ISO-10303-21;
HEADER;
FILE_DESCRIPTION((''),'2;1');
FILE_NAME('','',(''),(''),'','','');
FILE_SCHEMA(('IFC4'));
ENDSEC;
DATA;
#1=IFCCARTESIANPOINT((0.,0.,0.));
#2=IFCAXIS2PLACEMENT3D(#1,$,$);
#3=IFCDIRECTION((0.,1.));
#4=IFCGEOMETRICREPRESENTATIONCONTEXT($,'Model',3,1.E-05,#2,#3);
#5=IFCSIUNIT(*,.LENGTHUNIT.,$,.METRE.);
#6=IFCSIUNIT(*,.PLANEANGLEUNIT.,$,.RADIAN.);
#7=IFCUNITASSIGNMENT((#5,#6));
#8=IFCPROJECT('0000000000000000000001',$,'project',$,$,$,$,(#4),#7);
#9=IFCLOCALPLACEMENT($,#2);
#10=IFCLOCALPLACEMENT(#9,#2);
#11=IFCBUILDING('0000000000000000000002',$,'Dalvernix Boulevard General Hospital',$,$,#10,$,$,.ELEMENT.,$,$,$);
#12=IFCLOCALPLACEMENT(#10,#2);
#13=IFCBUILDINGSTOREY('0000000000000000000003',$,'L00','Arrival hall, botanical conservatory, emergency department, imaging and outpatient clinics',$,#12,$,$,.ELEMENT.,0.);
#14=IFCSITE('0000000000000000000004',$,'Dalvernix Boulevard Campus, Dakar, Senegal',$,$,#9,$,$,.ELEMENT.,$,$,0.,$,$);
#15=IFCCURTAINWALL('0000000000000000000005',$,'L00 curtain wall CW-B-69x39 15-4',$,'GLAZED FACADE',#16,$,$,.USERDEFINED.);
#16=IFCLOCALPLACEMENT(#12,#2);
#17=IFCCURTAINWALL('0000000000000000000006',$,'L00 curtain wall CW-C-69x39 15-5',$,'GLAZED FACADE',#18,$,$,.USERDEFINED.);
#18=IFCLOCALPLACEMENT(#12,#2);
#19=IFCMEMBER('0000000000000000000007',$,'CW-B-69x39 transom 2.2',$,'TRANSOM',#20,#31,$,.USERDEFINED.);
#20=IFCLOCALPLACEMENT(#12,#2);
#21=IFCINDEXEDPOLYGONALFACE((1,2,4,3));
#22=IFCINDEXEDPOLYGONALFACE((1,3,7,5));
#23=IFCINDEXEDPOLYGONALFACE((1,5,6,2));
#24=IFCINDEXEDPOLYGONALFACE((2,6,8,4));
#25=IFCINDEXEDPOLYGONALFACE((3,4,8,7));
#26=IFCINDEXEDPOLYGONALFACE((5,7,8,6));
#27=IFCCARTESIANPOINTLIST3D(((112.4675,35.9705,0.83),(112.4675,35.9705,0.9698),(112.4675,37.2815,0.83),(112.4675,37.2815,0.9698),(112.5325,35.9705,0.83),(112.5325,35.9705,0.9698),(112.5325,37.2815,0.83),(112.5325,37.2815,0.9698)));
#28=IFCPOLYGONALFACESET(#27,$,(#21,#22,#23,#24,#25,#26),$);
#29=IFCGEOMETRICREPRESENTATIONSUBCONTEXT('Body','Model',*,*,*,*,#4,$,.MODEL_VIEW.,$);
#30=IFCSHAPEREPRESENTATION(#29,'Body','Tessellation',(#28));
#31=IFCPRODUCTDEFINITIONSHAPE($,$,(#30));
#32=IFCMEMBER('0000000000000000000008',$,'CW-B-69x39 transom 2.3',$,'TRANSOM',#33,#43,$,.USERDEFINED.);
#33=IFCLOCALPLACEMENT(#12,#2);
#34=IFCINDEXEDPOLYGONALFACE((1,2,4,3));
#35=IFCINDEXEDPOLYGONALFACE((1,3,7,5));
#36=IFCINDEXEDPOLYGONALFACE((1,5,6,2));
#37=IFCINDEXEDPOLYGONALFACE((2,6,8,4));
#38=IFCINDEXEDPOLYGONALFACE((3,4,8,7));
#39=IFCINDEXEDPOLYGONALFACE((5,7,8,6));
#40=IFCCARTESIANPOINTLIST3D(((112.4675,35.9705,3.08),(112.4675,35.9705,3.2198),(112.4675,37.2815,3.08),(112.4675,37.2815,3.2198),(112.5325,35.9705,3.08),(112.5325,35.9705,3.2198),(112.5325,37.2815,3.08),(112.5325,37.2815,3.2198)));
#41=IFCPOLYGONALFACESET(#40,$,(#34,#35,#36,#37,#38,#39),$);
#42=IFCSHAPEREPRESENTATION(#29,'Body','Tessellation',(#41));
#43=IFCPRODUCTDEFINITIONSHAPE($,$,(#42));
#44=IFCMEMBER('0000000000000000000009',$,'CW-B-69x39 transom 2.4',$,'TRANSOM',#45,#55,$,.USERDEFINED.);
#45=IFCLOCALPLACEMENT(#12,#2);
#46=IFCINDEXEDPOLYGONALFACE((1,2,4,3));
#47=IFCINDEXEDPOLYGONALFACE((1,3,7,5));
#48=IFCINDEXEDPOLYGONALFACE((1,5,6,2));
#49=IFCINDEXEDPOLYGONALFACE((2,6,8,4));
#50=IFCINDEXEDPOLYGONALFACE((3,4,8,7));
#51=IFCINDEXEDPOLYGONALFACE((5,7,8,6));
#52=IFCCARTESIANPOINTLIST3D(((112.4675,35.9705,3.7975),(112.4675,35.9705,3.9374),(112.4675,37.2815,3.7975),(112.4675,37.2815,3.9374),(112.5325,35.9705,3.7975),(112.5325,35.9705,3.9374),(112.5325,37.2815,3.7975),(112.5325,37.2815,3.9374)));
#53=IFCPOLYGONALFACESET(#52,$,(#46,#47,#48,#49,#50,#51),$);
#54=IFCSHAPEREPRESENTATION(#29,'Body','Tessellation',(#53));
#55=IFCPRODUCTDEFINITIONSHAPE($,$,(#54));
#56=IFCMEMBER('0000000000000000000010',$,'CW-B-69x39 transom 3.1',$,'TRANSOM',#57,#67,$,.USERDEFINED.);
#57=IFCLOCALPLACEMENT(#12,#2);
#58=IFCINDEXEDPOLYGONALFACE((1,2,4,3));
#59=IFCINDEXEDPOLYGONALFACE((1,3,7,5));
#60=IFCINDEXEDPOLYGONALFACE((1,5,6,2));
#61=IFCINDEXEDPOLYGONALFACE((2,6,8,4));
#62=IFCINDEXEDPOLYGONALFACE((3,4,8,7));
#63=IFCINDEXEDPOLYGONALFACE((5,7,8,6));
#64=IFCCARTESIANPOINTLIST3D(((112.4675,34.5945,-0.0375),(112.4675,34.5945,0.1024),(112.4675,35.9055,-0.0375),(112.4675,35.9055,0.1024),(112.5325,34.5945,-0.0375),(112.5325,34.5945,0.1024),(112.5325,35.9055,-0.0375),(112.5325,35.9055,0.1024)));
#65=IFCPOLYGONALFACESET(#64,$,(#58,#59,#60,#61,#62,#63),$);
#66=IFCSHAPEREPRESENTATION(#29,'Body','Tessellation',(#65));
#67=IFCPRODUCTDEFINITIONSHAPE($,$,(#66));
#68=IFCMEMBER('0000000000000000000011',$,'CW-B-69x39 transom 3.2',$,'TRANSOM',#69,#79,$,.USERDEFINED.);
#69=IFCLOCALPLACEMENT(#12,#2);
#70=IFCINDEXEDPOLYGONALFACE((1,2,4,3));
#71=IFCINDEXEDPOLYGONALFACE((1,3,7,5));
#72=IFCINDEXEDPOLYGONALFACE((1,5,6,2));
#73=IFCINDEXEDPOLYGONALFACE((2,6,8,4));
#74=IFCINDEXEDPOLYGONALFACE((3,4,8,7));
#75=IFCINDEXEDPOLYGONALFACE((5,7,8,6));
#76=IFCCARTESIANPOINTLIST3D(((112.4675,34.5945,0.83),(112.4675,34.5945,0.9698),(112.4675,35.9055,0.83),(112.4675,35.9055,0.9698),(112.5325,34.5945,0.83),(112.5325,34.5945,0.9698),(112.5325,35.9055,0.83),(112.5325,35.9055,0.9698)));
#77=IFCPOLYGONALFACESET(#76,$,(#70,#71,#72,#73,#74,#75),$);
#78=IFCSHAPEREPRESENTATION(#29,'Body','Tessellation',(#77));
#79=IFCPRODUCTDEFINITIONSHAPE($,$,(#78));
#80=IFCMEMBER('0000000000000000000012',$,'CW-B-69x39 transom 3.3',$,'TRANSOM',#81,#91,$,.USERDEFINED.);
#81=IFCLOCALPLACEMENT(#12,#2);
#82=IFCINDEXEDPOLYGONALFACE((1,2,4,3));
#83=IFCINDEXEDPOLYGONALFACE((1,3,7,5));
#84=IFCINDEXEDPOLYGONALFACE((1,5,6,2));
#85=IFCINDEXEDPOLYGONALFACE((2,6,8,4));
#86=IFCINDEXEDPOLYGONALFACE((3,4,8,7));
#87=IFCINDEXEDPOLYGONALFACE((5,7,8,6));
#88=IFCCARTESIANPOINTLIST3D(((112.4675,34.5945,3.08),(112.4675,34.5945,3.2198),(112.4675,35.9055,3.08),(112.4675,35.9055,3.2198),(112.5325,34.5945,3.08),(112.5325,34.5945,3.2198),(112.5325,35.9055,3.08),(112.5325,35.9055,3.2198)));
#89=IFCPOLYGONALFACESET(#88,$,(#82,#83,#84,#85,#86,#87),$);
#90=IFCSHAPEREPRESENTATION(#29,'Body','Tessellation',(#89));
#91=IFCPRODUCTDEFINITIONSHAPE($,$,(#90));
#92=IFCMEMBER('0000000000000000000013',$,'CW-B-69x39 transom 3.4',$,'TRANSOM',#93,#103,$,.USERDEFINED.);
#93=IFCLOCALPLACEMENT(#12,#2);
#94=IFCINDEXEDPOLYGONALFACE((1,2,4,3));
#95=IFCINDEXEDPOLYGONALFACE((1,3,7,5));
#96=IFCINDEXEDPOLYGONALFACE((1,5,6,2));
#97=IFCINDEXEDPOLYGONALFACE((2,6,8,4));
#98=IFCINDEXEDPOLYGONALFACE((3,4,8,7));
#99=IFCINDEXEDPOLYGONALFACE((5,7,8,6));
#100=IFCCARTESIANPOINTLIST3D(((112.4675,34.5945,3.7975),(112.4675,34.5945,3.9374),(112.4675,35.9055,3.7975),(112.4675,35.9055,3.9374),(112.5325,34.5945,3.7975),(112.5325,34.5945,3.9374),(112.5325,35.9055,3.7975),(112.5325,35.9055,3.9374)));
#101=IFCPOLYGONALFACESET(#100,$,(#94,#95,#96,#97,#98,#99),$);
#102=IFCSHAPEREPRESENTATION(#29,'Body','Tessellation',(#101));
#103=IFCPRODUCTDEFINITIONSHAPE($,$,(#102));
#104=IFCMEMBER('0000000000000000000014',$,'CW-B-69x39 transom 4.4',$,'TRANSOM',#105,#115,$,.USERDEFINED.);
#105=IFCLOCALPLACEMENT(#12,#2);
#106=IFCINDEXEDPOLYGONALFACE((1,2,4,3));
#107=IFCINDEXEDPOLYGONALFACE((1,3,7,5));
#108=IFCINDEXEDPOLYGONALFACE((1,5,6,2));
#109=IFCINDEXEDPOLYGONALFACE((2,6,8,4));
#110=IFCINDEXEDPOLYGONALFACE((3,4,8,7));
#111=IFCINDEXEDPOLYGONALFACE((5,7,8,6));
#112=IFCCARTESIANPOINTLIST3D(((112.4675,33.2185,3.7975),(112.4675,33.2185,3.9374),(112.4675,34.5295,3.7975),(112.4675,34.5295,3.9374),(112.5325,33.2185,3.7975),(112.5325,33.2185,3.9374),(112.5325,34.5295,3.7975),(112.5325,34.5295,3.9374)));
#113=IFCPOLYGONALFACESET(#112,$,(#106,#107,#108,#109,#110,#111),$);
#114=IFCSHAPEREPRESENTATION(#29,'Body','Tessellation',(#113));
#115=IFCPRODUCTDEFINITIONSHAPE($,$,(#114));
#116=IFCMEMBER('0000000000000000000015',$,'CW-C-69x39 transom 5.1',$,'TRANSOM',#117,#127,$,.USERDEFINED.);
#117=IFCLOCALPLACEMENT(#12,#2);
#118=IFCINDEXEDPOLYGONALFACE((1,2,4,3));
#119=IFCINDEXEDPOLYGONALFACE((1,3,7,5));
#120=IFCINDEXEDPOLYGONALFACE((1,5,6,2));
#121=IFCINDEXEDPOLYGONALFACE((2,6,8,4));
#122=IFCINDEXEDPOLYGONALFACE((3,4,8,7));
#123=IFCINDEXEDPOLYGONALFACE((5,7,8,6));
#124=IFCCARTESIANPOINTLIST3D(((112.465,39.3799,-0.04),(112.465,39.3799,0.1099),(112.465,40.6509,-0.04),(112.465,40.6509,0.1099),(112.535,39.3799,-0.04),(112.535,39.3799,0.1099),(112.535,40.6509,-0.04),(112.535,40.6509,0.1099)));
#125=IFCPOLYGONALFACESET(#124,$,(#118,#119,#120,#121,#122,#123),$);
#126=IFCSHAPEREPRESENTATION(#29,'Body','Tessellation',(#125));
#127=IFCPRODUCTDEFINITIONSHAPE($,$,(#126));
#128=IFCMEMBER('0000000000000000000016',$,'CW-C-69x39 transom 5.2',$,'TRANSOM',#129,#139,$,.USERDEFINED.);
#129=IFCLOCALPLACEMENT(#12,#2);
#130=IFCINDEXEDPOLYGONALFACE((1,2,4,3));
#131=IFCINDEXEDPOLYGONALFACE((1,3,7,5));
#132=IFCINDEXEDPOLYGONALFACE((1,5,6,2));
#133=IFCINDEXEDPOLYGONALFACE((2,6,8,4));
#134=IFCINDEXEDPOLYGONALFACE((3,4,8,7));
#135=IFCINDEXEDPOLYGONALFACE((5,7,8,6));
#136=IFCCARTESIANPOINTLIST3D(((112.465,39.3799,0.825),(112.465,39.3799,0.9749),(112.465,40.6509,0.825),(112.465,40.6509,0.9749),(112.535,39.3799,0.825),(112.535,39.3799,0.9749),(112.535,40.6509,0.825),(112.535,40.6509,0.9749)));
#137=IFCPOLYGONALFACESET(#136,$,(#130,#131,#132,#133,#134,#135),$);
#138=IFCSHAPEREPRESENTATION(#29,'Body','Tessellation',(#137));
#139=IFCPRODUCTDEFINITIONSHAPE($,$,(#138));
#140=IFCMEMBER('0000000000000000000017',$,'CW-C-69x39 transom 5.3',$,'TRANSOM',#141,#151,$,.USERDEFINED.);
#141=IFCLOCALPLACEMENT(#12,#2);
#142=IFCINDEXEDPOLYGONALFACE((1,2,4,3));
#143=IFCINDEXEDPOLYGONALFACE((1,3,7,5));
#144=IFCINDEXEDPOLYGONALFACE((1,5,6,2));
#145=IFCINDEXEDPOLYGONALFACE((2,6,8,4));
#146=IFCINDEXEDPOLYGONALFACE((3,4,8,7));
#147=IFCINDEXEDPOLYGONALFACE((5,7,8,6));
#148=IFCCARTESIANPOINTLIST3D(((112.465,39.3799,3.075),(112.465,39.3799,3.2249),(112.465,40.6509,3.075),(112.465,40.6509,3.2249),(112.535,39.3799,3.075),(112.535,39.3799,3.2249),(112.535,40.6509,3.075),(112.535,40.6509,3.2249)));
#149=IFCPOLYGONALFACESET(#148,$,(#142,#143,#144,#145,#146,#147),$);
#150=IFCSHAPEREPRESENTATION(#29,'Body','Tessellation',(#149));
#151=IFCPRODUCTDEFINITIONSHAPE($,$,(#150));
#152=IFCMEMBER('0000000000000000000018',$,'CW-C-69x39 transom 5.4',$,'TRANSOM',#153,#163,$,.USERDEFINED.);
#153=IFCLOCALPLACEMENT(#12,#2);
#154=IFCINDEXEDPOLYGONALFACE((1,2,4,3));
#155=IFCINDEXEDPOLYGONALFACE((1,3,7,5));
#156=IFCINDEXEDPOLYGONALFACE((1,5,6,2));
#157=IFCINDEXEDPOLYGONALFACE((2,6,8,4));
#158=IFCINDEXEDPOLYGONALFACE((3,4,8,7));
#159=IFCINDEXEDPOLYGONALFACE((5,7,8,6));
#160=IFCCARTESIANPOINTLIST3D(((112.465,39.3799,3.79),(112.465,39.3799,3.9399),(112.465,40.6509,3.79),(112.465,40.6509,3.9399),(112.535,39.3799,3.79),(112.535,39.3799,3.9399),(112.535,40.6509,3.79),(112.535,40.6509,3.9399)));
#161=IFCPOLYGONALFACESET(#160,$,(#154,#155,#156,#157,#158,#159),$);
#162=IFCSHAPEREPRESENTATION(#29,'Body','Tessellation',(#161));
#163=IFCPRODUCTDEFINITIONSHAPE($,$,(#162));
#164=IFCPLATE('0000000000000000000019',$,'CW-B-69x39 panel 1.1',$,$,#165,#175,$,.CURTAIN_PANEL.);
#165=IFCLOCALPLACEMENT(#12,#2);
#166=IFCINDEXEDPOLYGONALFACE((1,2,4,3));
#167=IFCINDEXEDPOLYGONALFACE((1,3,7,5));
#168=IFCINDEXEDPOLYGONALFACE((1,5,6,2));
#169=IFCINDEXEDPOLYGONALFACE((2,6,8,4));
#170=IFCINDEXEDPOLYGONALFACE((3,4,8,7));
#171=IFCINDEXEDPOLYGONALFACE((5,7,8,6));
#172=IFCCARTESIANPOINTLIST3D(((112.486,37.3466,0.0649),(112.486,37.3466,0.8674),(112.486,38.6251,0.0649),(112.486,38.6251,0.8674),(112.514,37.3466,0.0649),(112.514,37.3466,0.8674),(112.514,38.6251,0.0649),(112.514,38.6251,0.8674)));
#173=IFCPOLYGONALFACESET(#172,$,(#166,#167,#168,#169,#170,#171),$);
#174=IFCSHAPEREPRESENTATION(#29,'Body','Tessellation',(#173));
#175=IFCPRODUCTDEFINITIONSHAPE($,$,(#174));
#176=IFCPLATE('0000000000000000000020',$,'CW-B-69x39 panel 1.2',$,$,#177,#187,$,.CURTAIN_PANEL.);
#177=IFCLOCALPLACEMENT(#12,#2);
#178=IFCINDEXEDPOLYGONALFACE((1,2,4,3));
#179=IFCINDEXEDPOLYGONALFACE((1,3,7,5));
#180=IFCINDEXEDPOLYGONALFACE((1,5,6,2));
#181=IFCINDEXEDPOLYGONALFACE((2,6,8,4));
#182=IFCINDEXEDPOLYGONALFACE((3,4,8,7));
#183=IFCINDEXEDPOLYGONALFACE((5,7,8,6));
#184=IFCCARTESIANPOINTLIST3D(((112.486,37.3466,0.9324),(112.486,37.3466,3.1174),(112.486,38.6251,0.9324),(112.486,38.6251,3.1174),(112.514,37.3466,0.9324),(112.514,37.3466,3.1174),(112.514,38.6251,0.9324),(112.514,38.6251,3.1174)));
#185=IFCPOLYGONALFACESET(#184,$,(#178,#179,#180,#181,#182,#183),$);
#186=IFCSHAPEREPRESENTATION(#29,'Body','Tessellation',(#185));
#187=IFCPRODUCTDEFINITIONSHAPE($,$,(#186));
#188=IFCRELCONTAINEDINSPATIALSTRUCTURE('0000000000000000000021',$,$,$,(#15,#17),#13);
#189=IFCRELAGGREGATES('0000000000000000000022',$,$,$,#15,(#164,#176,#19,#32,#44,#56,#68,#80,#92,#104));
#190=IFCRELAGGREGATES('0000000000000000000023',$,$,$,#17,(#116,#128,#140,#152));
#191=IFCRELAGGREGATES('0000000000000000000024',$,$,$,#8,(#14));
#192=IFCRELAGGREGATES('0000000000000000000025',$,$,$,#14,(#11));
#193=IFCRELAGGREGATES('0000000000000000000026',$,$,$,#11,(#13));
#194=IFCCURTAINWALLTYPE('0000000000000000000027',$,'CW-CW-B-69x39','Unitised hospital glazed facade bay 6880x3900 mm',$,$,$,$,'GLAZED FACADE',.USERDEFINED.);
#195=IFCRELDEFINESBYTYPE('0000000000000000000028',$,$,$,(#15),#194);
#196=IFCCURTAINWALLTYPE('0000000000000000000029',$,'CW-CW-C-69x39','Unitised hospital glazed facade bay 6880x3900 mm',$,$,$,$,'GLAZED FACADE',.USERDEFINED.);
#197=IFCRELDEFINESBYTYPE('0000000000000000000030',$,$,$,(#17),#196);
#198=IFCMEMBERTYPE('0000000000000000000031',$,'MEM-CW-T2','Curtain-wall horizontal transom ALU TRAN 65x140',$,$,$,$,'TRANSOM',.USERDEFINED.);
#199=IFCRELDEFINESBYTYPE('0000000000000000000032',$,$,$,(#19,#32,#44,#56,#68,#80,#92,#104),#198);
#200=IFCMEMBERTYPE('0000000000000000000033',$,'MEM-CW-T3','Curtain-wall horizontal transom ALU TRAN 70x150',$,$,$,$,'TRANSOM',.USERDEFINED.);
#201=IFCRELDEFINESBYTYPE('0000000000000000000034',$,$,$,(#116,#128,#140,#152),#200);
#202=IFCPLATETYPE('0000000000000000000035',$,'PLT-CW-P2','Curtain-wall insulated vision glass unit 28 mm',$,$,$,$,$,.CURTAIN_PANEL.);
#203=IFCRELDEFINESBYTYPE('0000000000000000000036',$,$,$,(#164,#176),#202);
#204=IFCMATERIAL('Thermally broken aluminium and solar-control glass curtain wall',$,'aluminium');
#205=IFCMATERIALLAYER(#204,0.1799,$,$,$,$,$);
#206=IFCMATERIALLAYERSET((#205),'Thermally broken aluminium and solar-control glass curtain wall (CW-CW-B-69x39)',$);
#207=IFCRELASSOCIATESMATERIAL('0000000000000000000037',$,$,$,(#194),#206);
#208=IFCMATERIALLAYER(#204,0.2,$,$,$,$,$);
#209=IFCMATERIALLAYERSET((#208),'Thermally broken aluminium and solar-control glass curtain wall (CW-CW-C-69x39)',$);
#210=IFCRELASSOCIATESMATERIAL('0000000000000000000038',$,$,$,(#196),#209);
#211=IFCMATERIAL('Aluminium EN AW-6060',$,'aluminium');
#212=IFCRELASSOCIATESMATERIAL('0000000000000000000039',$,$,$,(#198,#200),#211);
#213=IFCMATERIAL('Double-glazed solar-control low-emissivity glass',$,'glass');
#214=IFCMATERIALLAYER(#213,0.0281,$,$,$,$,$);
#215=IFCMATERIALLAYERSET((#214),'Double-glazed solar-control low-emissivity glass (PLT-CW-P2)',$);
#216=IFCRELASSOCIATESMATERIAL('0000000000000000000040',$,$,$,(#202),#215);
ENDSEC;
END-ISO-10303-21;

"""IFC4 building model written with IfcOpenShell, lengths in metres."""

from ifc_helpers import new_model, si_unit, direction, frame, origin, origin_2d, place, context, subcontext, project, spatial, rectangle, extrude, material, layer, layer_set, material_profile, profile_set, type_object, element, aggregate, save


model = new_model("IFC4")

# Units and contexts
model_context = context("Model", 3, precision=1e-05, world=origin(), true_north=direction((0.0, 1.0)))
body_context = subcontext(model_context, "Body", "Model", "MODEL_VIEW")
ifc_project = project(units=[si_unit("LENGTHUNIT", "METRE"), si_unit("PLANEANGLEUNIT", "RADIAN")], contexts=[model_context])

# Site, building, storey
site_placement = place(None, origin())
site = spatial("IfcSite", under=ifc_project, at=site_placement, Name="Dalvernix Boulevard Campus, Dakar, Senegal", CompositionType="ELEMENT", RefElevation=0.0)
building_placement = place(site_placement, origin())
building = spatial("IfcBuilding", under=site, at=building_placement, Name="Dalvernix Boulevard General Hospital", CompositionType="ELEMENT")
storey_placement = place(building_placement, origin())
storey = spatial("IfcBuildingStorey", under=building, at=storey_placement, Name="L00", Description="Arrival hall, botanical conservatory, emergency department, imaging and outpatient clinics", CompositionType="ELEMENT", Elevation=0.0)

# Curtain walls
ifc_material_1 = material(Name="Thermally broken aluminium and solar-control glass curtain wall", Category="aluminium")
ifc_layer_1 = layer(ifc_material_1, 0.1799)
ifc_layer_set_1 = layer_set([ifc_layer_1], Name="Thermally broken aluminium and solar-control glass curtain wall (CW-CW-B-69x39)")
curtain_wall_type_1 = type_object("IfcCurtainWallType", Name="CW-CW-B-69x39", Description="Unitised hospital glazed facade bay 6880x3900 mm", ElementType="GLAZED FACADE", PredefinedType="USERDEFINED", material=ifc_layer_set_1)
curtain_wall_1_placement = place(storey_placement, origin())
curtain_wall_1 = element("IfcCurtainWall", 1, at=curtain_wall_1_placement, inside=storey, type_object=curtain_wall_type_1, Name="L00 curtain wall CW-B-69x39 15-4", ObjectType="GLAZED FACADE", PredefinedType="USERDEFINED")
ifc_material_2 = material(Name="Aluminium EN AW-6060", Category="aluminium")
ifc_layer_2 = layer(ifc_material_1, 0.2)
ifc_layer_set_2 = layer_set([ifc_layer_2], Name="Thermally broken aluminium and solar-control glass curtain wall (CW-CW-C-69x39)")
curtain_wall_type_2 = type_object("IfcCurtainWallType", Name="CW-CW-C-69x39", Description="Unitised hospital glazed facade bay 6880x3900 mm", ElementType="GLAZED FACADE", PredefinedType="USERDEFINED", material=ifc_layer_set_2)
curtain_wall_2_placement = place(storey_placement, origin())
curtain_wall_2 = element("IfcCurtainWall", 2, at=curtain_wall_2_placement, inside=storey, type_object=curtain_wall_type_2, Name="L00 curtain wall CW-C-69x39 15-5", ObjectType="GLAZED FACADE", PredefinedType="USERDEFINED")

# Members
ifc_material_profile_1 = material_profile(ifc_material_2, rectangle(XDim=0.0649, YDim=0.1399, at=origin_2d()), Name="ALU TRAN 65x140")
ifc_profile_set_1 = profile_set([ifc_material_profile_1], Name="Aluminium EN AW-6060")
member_type_1 = type_object("IfcMemberType", Name="MEM-CW-T2", Description="Curtain-wall horizontal transom ALU TRAN 65x140", ElementType="TRANSOM", PredefinedType="USERDEFINED", material=ifc_profile_set_1)
member_1_placement = place(storey_placement, frame((112.5, 37.2815, 0.8999), z_axis=(0.0, -1.0, 0.0), x_axis=(1.0, 0.0, 0.0)))
member_1 = element("IfcMember", 3, at=member_1_placement, type_object=member_type_1, Name="CW-B-69x39 transom 2.2", ObjectType="TRANSOM", PredefinedType="USERDEFINED", context=body_context, shape_type="SweptSolid", body=[
    extrude(rectangle(XDim=0.0649, YDim=0.1399, at=origin_2d()), origin(), (0.0, 0.0, 1.0), 1.311),
])
member_2_placement = place(storey_placement, frame((112.5, 37.2815, 3.1499), z_axis=(0.0, -1.0, 0.0), x_axis=(1.0, 0.0, 0.0)))
member_2 = element("IfcMember", 4, at=member_2_placement, type_object=member_type_1, Name="CW-B-69x39 transom 2.3", ObjectType="TRANSOM", PredefinedType="USERDEFINED", context=body_context, shape_type="SweptSolid", body=[
    extrude(rectangle(XDim=0.0649, YDim=0.1399, at=origin_2d()), origin(), (0.0, 0.0, 1.0), 1.311),
])
member_3_placement = place(storey_placement, frame((112.5, 37.2815, 3.8674), z_axis=(0.0, -1.0, 0.0), x_axis=(1.0, 0.0, 0.0)))
member_3 = element("IfcMember", 5, at=member_3_placement, type_object=member_type_1, Name="CW-B-69x39 transom 2.4", ObjectType="TRANSOM", PredefinedType="USERDEFINED", context=body_context, shape_type="SweptSolid", body=[
    extrude(rectangle(XDim=0.0649, YDim=0.1399, at=origin_2d()), origin(), (0.0, 0.0, 1.0), 1.311),
])
member_4_placement = place(storey_placement, frame((112.5, 35.9055, 0.0325), z_axis=(0.0, -1.0, 0.0), x_axis=(1.0, 0.0, 0.0)))
member_4 = element("IfcMember", 6, at=member_4_placement, type_object=member_type_1, Name="CW-B-69x39 transom 3.1", ObjectType="TRANSOM", PredefinedType="USERDEFINED", context=body_context, shape_type="SweptSolid", body=[
    extrude(rectangle(XDim=0.0649, YDim=0.1399, at=origin_2d()), origin(), (0.0, 0.0, 1.0), 1.311),
])
member_5_placement = place(storey_placement, frame((112.5, 35.9055, 0.8999), z_axis=(0.0, -1.0, 0.0), x_axis=(1.0, 0.0, 0.0)))
member_5 = element("IfcMember", 7, at=member_5_placement, type_object=member_type_1, Name="CW-B-69x39 transom 3.2", ObjectType="TRANSOM", PredefinedType="USERDEFINED", context=body_context, shape_type="SweptSolid", body=[
    extrude(rectangle(XDim=0.0649, YDim=0.1399, at=origin_2d()), origin(), (0.0, 0.0, 1.0), 1.311),
])
member_6_placement = place(storey_placement, frame((112.5, 35.9055, 3.1499), z_axis=(0.0, -1.0, 0.0), x_axis=(1.0, 0.0, 0.0)))
member_6 = element("IfcMember", 8, at=member_6_placement, type_object=member_type_1, Name="CW-B-69x39 transom 3.3", ObjectType="TRANSOM", PredefinedType="USERDEFINED", context=body_context, shape_type="SweptSolid", body=[
    extrude(rectangle(XDim=0.0649, YDim=0.1399, at=origin_2d()), origin(), (0.0, 0.0, 1.0), 1.311),
])
member_7_placement = place(storey_placement, frame((112.5, 35.9055, 3.8674), z_axis=(0.0, -1.0, 0.0), x_axis=(1.0, 0.0, 0.0)))
member_7 = element("IfcMember", 9, at=member_7_placement, type_object=member_type_1, Name="CW-B-69x39 transom 3.4", ObjectType="TRANSOM", PredefinedType="USERDEFINED", context=body_context, shape_type="SweptSolid", body=[
    extrude(rectangle(XDim=0.0649, YDim=0.1399, at=origin_2d()), origin(), (0.0, 0.0, 1.0), 1.311),
])
member_8_placement = place(storey_placement, frame((112.5, 34.5295, 3.8674), z_axis=(0.0, -1.0, 0.0), x_axis=(1.0, 0.0, 0.0)))
member_8 = element("IfcMember", 10, at=member_8_placement, type_object=member_type_1, Name="CW-B-69x39 transom 4.4", ObjectType="TRANSOM", PredefinedType="USERDEFINED", context=body_context, shape_type="SweptSolid", body=[
    extrude(rectangle(XDim=0.0649, YDim=0.1399, at=origin_2d()), origin(), (0.0, 0.0, 1.0), 1.311),
])
ifc_material_profile_2 = material_profile(ifc_material_2, rectangle(XDim=0.0701, YDim=0.1499, at=origin_2d()), Name="ALU TRAN 70x150")
ifc_profile_set_2 = profile_set([ifc_material_profile_2], Name="Aluminium EN AW-6060")
member_type_2 = type_object("IfcMemberType", Name="MEM-CW-T3", Description="Curtain-wall horizontal transom ALU TRAN 70x150", ElementType="TRANSOM", PredefinedType="USERDEFINED", material=ifc_profile_set_2)
member_9_placement = place(storey_placement, frame((112.5, 40.6509, 0.0349), z_axis=(0.0, -1.0, 0.0), x_axis=(1.0, 0.0, 0.0)))
member_9 = element("IfcMember", 11, at=member_9_placement, type_object=member_type_2, Name="CW-C-69x39 transom 5.1", ObjectType="TRANSOM", PredefinedType="USERDEFINED", context=body_context, shape_type="SweptSolid", body=[
    extrude(rectangle(XDim=0.0701, YDim=0.1499, at=origin_2d()), origin(), (0.0, 0.0, 1.0), 1.271),
])
member_10_placement = place(storey_placement, frame((112.5, 40.6509, 0.8999), z_axis=(0.0, -1.0, 0.0), x_axis=(1.0, 0.0, 0.0)))
member_10 = element("IfcMember", 12, at=member_10_placement, type_object=member_type_2, Name="CW-C-69x39 transom 5.2", ObjectType="TRANSOM", PredefinedType="USERDEFINED", context=body_context, shape_type="SweptSolid", body=[
    extrude(rectangle(XDim=0.0701, YDim=0.1499, at=origin_2d()), origin(), (0.0, 0.0, 1.0), 1.271),
])
member_11_placement = place(storey_placement, frame((112.5, 40.6509, 3.1499), z_axis=(0.0, -1.0, 0.0), x_axis=(1.0, 0.0, 0.0)))
member_11 = element("IfcMember", 13, at=member_11_placement, type_object=member_type_2, Name="CW-C-69x39 transom 5.3", ObjectType="TRANSOM", PredefinedType="USERDEFINED", context=body_context, shape_type="SweptSolid", body=[
    extrude(rectangle(XDim=0.0701, YDim=0.1499, at=origin_2d()), origin(), (0.0, 0.0, 1.0), 1.271),
])
member_12_placement = place(storey_placement, frame((112.5, 40.6509, 3.865), z_axis=(0.0, -1.0, 0.0), x_axis=(1.0, 0.0, 0.0)))
member_12 = element("IfcMember", 14, at=member_12_placement, type_object=member_type_2, Name="CW-C-69x39 transom 5.4", ObjectType="TRANSOM", PredefinedType="USERDEFINED", context=body_context, shape_type="SweptSolid", body=[
    extrude(rectangle(XDim=0.0701, YDim=0.1499, at=origin_2d()), origin(), (0.0, 0.0, 1.0), 1.271),
])

# Plates
ifc_material_3 = material(Name="Double-glazed solar-control low-emissivity glass", Category="glass")
ifc_layer_3 = layer(ifc_material_3, 0.0281)
ifc_layer_set_3 = layer_set([ifc_layer_3], Name="Double-glazed solar-control low-emissivity glass (PLT-CW-P2)")
plate_type_1 = type_object("IfcPlateType", Name="PLT-CW-P2", Description="Curtain-wall insulated vision glass unit 28 mm", PredefinedType="CURTAIN_PANEL", material=ifc_layer_set_3)
plate_1_placement = place(storey_placement, frame((112.5, 37.9858, 0.0649), z_axis=(0.0, 0.0, 1.0), x_axis=(0.0, -1.0, 0.0)))
plate_1 = element("IfcPlate", 15, at=plate_1_placement, type_object=plate_type_1, Name="CW-B-69x39 panel 1.1", PredefinedType="CURTAIN_PANEL", context=body_context, shape_type="SweptSolid", body=[
    extrude(rectangle(XDim=1.2786, YDim=0.0281, at=origin_2d()), origin(), (0.0, 0.0, 1.0), 0.8025),
])
plate_2_placement = place(storey_placement, frame((112.5, 37.9858, 0.9324), z_axis=(0.0, 0.0, 1.0), x_axis=(0.0, -1.0, 0.0)))
plate_2 = element("IfcPlate", 16, at=plate_2_placement, type_object=plate_type_1, Name="CW-B-69x39 panel 1.2", PredefinedType="CURTAIN_PANEL", context=body_context, shape_type="SweptSolid", body=[
    extrude(rectangle(XDim=1.2786, YDim=0.0281, at=origin_2d()), origin(), (0.0, 0.0, 1.0), 2.1851),
])
aggregate(curtain_wall_1, [plate_1, plate_2, member_1, member_2, member_3, member_4, member_5, member_6, member_7, member_8])
aggregate(curtain_wall_2, [member_9, member_10, member_11, member_12])

save(model, "model.ifc")
